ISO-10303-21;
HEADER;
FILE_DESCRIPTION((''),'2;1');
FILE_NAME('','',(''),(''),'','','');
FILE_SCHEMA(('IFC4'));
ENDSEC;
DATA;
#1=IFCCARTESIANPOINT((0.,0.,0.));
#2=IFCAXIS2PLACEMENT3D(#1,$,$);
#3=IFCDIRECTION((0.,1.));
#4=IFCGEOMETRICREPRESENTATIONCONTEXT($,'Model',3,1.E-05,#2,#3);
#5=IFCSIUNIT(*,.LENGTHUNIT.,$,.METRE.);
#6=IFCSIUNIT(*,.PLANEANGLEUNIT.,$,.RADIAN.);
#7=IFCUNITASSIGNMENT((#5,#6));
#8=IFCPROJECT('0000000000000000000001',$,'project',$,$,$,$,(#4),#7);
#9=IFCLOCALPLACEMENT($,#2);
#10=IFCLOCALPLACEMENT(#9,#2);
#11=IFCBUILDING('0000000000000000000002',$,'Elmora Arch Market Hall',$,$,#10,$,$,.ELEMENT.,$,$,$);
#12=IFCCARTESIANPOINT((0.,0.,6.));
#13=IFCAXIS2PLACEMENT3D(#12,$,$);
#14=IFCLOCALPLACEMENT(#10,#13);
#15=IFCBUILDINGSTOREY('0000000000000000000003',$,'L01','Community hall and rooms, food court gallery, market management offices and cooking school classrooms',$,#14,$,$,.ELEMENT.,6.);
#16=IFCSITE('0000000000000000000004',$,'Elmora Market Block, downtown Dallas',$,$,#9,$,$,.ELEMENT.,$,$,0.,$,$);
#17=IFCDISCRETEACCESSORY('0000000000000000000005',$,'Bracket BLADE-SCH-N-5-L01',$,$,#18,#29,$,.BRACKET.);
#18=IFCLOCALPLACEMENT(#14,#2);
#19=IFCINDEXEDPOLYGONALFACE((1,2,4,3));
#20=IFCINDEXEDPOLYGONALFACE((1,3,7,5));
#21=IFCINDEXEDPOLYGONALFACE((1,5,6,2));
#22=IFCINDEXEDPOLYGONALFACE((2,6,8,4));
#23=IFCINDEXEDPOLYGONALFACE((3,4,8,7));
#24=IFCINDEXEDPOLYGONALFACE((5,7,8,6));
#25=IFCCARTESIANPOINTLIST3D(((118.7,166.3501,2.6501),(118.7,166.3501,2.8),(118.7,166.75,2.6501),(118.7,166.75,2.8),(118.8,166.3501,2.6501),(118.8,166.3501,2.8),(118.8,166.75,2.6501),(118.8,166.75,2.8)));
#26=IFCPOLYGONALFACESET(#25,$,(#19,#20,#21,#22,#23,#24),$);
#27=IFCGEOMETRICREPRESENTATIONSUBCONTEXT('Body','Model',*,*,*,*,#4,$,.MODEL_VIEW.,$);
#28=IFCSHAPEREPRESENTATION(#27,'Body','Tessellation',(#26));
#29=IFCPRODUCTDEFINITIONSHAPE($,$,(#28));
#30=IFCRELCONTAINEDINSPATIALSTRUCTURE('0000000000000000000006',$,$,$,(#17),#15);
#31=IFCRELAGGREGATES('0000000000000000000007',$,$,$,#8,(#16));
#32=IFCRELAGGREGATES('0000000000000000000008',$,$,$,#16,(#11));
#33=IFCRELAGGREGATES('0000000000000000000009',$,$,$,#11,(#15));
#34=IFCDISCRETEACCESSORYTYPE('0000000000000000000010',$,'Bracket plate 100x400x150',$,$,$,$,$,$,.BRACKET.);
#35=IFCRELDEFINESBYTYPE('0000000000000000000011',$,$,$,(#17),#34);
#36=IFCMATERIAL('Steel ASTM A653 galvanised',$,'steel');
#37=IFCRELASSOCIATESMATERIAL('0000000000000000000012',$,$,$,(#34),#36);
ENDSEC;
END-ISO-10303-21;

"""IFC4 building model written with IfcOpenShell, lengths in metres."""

from ifc_helpers import new_model, si_unit, direction, frame, origin, origin_2d, place, context, subcontext, project, spatial, rectangle, extrude, material, type_object, element, save


model = new_model("IFC4")

# Units and contexts
model_context = context("Model", 3, precision=1e-05, world=origin(), true_north=direction((0.0, 1.0)))
body_context = subcontext(model_context, "Body", "Model", "MODEL_VIEW")
ifc_project = project(units=[si_unit("LENGTHUNIT", "METRE"), si_unit("PLANEANGLEUNIT", "RADIAN")], contexts=[model_context])

# Site, building, storey
site_placement = place(None, origin())
site = spatial("IfcSite", under=ifc_project, at=site_placement, Name="Elmora Market Block, downtown Dallas", CompositionType="ELEMENT", RefElevation=0.0)
building_placement = place(site_placement, origin())
building = spatial("IfcBuilding", under=site, at=building_placement, Name="Elmora Arch Market Hall", CompositionType="ELEMENT")
storey_placement = place(building_placement, frame((0.0, 0.0, 6.0)))
storey = spatial("IfcBuildingStorey", under=building, at=storey_placement, Name="L01", Description="Community hall and rooms, food court gallery, market management offices and cooking school classrooms", CompositionType="ELEMENT", Elevation=6.0)

# Discrete accessory
ifc_material_1 = material(Name="Steel ASTM A653 galvanised", Category="steel")
discrete_accessory_type = type_object("IfcDiscreteAccessoryType", Name="Bracket plate 100x400x150", PredefinedType="BRACKET", material=ifc_material_1)
for number, where, z_axis, x_axis, name in (
    (1, (118.75, 166.55, 2.6501), (0.0, 0.0, 1.0), (1.0, 0.0, 0.0), "Bracket BLADE-SCH-N-5-L01"),
):
    element("IfcDiscreteAccessory", number, at=place(storey_placement, frame(where, z_axis=z_axis, x_axis=x_axis)), inside=storey, type_object=discrete_accessory_type, Name=name, PredefinedType="BRACKET", context=body_context, shape_type="SweptSolid", body=[
        extrude(rectangle(XDim=0.1001, YDim=0.3999, at=origin_2d()), origin(), (0.0, 0.0, 1.0), 0.1499),
    ])

save(model, "model.ifc")
